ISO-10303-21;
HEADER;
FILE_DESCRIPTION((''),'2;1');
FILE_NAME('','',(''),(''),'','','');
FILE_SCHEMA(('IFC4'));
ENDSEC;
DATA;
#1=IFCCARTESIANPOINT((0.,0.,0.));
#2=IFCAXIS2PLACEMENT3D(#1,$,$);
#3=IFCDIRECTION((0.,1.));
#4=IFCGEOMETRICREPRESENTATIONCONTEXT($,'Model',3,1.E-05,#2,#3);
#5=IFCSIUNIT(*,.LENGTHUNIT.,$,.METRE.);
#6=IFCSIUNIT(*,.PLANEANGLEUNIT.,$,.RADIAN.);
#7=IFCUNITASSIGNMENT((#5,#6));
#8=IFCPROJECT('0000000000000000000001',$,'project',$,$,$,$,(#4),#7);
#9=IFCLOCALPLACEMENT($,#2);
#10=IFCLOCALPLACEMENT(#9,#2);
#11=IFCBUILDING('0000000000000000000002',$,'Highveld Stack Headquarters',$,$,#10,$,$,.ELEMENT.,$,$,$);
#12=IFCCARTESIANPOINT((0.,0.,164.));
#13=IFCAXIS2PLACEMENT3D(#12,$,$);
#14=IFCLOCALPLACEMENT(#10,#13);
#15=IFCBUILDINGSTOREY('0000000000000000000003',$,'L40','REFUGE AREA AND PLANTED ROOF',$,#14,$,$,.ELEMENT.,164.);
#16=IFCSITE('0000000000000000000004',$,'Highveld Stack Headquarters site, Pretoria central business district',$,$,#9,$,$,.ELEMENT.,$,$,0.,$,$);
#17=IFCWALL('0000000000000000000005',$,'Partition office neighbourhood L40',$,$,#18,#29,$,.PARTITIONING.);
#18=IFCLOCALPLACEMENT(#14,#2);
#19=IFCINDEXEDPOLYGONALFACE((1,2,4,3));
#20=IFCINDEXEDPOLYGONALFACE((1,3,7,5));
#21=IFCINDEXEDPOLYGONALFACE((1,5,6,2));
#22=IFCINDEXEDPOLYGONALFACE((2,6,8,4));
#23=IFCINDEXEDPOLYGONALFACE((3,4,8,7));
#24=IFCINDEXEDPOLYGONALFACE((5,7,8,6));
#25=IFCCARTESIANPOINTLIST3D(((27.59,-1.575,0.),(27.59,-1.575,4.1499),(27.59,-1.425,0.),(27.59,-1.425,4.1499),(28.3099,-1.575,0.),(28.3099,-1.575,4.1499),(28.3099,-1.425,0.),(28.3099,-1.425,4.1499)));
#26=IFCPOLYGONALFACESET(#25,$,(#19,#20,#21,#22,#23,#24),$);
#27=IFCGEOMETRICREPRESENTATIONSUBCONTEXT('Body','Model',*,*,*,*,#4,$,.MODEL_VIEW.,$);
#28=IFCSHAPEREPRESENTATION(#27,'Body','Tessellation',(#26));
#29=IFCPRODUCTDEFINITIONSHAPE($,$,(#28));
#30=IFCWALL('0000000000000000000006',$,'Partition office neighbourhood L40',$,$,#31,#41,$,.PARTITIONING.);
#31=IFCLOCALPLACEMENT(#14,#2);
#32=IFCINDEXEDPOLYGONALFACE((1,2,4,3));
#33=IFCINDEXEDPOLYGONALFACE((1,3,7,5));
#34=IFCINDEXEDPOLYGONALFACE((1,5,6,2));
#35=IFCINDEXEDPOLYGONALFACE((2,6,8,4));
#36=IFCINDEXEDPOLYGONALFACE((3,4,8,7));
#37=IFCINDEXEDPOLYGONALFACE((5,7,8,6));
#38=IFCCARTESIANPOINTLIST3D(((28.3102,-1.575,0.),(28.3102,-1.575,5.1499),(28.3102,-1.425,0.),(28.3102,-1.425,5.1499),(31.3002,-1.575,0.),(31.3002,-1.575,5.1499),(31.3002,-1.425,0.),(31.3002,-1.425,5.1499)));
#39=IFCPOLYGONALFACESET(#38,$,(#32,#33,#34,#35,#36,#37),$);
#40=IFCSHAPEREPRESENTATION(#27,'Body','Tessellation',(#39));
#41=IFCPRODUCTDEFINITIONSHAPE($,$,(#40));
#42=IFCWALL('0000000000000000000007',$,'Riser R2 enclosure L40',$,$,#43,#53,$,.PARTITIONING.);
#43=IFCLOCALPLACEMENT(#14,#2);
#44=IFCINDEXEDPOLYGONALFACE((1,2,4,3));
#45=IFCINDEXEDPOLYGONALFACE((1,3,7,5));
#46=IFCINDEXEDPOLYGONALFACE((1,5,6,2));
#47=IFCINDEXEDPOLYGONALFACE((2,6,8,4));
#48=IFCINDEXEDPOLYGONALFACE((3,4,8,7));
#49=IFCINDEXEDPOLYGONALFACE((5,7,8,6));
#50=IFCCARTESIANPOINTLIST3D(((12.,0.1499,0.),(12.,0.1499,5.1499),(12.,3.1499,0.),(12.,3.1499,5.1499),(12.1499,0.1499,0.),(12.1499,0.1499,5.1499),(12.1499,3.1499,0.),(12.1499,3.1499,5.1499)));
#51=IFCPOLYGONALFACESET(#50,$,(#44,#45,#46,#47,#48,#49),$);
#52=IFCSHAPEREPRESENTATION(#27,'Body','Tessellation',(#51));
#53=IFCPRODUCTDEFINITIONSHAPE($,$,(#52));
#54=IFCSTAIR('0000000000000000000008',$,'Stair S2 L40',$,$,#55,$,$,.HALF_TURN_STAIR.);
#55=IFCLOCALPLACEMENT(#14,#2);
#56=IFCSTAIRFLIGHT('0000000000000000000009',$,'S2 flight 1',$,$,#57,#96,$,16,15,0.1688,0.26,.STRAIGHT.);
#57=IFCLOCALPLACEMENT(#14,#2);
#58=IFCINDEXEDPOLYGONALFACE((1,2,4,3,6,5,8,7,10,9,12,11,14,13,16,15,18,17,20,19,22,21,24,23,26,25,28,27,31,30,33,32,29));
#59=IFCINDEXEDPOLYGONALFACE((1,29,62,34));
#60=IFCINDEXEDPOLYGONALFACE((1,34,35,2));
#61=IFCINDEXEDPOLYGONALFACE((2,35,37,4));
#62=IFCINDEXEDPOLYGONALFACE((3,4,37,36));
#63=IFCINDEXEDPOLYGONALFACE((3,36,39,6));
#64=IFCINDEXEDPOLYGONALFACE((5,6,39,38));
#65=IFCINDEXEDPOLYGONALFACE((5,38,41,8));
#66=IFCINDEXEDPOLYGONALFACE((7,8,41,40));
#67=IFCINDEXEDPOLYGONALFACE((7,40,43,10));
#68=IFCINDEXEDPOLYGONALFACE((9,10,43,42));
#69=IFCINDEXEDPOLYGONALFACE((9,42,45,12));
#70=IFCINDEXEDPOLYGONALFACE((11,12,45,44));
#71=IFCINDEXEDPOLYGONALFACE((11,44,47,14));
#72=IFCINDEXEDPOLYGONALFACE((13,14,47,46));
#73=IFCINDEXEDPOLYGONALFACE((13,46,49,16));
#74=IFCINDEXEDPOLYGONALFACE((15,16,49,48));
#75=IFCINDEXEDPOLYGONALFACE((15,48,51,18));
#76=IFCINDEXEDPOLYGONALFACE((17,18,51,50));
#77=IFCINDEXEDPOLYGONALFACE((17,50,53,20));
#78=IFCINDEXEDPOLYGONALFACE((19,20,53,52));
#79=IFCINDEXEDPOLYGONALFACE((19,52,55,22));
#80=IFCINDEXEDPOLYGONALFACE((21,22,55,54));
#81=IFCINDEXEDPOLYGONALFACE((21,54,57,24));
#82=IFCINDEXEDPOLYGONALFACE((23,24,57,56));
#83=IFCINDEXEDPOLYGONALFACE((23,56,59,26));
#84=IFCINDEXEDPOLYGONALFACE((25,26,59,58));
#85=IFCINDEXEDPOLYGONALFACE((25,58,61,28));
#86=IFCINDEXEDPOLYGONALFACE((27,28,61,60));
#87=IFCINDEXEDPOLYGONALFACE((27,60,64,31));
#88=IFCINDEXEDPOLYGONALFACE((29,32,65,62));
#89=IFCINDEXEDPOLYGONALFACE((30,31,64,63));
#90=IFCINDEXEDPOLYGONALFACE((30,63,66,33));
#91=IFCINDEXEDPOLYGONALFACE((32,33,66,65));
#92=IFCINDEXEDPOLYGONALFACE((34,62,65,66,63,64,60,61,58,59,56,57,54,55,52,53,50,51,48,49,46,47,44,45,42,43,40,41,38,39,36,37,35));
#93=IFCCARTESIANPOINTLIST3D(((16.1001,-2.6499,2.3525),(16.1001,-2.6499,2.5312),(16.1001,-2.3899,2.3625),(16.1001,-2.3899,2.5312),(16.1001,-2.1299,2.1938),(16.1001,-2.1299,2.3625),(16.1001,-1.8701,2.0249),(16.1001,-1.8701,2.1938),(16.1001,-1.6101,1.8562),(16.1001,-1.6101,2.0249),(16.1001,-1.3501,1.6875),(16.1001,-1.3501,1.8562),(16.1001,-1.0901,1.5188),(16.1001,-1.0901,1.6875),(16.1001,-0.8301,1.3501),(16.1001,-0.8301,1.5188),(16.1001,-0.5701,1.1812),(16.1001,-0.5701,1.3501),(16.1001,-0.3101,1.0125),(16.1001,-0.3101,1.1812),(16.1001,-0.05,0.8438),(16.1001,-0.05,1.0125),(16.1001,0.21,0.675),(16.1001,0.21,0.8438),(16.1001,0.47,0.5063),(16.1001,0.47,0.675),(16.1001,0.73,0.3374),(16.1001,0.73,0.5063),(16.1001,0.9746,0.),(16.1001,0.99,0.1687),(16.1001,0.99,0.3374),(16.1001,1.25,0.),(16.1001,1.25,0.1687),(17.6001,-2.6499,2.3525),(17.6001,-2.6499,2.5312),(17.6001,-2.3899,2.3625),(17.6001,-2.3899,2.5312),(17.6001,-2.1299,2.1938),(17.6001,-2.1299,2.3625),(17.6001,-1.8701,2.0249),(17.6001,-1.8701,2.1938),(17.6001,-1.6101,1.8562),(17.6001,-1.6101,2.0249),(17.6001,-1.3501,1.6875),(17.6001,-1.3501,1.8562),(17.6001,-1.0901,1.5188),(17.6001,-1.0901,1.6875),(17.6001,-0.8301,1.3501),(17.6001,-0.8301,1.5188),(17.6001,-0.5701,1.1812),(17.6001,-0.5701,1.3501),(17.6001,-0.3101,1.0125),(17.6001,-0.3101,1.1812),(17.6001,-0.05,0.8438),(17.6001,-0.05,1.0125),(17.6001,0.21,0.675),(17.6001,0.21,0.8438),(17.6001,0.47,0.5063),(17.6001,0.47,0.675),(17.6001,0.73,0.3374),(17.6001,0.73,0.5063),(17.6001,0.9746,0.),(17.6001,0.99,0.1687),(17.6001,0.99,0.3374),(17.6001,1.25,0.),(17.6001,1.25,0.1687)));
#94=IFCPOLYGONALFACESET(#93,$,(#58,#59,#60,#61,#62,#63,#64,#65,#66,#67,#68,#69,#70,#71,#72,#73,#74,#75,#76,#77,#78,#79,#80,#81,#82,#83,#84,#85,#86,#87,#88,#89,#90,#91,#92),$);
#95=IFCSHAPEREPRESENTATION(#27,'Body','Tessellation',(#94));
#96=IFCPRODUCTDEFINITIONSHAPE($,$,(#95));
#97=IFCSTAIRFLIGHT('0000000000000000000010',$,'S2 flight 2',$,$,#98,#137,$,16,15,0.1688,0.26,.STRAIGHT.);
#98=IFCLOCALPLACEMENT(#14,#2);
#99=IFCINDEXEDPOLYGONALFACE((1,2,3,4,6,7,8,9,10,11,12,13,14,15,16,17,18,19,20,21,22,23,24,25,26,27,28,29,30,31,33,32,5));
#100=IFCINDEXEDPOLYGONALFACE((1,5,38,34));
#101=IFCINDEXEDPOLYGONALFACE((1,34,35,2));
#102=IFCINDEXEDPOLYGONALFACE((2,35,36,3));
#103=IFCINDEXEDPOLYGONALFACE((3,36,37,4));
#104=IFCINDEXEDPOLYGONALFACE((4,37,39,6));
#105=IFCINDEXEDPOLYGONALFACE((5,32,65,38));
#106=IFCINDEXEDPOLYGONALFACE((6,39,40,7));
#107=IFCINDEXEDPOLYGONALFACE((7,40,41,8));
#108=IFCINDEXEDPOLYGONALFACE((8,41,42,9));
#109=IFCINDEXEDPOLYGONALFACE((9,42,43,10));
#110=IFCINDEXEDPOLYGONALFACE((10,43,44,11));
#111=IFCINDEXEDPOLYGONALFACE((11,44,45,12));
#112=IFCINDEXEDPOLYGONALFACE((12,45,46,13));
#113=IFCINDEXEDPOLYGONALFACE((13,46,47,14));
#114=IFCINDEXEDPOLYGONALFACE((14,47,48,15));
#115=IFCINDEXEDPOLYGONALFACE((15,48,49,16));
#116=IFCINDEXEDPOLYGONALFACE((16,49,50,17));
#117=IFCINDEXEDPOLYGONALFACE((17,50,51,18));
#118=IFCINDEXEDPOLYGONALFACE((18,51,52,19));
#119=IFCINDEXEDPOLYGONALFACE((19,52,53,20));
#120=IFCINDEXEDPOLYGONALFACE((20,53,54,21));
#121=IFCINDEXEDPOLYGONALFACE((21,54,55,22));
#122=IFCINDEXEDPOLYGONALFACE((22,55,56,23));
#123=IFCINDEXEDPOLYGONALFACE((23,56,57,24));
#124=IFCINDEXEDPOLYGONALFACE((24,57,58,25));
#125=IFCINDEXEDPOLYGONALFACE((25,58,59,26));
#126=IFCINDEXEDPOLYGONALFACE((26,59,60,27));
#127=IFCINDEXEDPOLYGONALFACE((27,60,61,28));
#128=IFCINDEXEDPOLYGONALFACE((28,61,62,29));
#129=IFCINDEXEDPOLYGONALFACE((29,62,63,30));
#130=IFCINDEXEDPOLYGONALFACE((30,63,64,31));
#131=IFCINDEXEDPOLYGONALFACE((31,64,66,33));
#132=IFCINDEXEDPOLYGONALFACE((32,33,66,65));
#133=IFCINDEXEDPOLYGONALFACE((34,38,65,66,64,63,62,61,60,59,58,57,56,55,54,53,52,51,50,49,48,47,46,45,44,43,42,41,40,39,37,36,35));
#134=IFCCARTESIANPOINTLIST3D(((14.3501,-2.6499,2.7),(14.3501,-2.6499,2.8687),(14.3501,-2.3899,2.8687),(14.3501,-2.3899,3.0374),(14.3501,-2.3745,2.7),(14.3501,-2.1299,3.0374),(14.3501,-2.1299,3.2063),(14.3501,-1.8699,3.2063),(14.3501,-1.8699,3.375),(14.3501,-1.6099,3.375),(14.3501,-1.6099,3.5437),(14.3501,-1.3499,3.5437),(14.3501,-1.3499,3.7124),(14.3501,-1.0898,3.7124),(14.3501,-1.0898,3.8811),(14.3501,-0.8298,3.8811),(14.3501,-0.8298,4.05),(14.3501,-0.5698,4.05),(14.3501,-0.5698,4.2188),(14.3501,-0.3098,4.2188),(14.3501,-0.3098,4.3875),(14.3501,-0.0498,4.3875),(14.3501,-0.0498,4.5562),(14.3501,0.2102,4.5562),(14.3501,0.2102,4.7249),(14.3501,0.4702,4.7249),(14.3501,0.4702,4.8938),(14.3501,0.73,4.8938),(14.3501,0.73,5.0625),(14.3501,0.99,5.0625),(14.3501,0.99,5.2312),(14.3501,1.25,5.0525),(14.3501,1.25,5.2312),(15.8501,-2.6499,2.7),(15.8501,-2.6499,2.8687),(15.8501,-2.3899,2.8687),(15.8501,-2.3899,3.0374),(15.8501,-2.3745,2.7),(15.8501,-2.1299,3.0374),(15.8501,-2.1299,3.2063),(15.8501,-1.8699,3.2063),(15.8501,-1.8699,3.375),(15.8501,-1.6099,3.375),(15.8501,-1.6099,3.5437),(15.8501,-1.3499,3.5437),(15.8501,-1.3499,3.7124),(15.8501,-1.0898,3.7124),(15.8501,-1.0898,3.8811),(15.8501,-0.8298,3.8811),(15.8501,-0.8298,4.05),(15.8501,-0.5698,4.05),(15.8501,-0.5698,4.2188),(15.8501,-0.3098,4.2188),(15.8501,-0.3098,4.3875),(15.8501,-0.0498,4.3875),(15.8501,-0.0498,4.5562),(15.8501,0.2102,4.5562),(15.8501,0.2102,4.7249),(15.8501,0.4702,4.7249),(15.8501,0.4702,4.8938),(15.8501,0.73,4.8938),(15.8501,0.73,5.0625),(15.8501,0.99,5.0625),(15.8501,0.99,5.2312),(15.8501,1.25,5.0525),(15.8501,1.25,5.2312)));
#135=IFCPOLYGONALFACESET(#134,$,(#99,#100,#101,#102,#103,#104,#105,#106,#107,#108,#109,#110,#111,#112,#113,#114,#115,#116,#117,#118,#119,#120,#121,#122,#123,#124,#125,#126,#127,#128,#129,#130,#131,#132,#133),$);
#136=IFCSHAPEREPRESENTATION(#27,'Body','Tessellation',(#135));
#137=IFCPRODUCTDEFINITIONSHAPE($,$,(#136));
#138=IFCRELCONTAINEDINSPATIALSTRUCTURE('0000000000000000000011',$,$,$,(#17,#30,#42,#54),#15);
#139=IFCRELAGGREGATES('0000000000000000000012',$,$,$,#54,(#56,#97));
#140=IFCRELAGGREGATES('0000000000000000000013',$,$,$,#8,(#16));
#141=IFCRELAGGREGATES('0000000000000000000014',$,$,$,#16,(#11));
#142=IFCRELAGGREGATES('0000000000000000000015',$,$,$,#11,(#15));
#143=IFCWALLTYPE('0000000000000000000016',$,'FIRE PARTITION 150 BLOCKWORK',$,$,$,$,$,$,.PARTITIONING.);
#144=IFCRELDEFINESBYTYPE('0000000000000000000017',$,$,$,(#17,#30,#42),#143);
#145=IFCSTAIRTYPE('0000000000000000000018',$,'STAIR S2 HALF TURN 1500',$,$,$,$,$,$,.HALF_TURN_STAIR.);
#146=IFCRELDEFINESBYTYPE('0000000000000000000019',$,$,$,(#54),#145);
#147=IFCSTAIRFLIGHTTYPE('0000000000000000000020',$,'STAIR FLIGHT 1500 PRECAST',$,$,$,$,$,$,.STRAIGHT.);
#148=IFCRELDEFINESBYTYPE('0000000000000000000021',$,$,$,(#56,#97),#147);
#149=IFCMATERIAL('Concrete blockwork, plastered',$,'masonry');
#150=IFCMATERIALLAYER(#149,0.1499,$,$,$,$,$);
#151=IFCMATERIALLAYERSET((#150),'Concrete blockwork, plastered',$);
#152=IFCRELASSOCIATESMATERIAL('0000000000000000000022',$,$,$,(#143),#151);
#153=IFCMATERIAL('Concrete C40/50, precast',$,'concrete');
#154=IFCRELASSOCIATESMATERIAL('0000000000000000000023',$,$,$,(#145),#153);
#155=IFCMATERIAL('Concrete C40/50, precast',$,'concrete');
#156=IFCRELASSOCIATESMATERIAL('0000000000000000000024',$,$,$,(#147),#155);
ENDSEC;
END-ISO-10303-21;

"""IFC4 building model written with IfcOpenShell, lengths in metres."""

from ifc_helpers import new_model, si_unit, direction, frame, frame_2d, origin, place, context, subcontext, project, spatial, polyline, rectangle, outline, extrude, material, layer, layer_set, type_object, element, aggregate, save


model = new_model("IFC4")

# Units and contexts
model_context = context("Model", 3, precision=1e-05, world=origin(), true_north=direction((0.0, 1.0)))
body_context = subcontext(model_context, "Body", "Model", "MODEL_VIEW")
ifc_project = project(units=[si_unit("LENGTHUNIT", "METRE"), si_unit("PLANEANGLEUNIT", "RADIAN")], contexts=[model_context])

# Site, building, storey
site_placement = place(None, origin())
site = spatial("IfcSite", under=ifc_project, at=site_placement, Name="Highveld Stack Headquarters site, Pretoria central business district", CompositionType="ELEMENT", RefElevation=0.0)
building_placement = place(site_placement, origin())
building = spatial("IfcBuilding", under=site, at=building_placement, Name="Highveld Stack Headquarters", CompositionType="ELEMENT")
storey_placement = place(building_placement, frame((0.0, 0.0, 164.0)))
storey = spatial("IfcBuildingStorey", under=building, at=storey_placement, Name="L40", Description="REFUGE AREA AND PLANTED ROOF", CompositionType="ELEMENT", Elevation=164.0)

# Shared definitions
ifc_material_1 = material(Name="Concrete blockwork, plastered", Category="masonry")
ifc_layer_1 = layer(ifc_material_1, 0.1499)
ifc_layer_set_1 = layer_set([ifc_layer_1], Name="Concrete blockwork, plastered")
wall_type_1 = type_object("IfcWallType", Name="FIRE PARTITION 150 BLOCKWORK", PredefinedType="PARTITIONING", material=ifc_layer_set_1)

# Walls
wall_1_placement = place(storey_placement, frame((27.5901, -1.5, 0.0), z_axis=(0.0, 0.0, 1.0), x_axis=(1.0, 0.0, 0.0)))
element("IfcWall", 1, at=wall_1_placement, inside=storey, type_object=wall_type_1, Name="Partition office neighbourhood L40", PredefinedType="PARTITIONING", context=body_context, shape_type="SweptSolid", body=[
    extrude(rectangle(XDim=0.72, YDim=0.1499, at=frame_2d((0.3599, 0.0))), origin(), (0.0, 0.0, 1.0), 4.1499),
])
wall_2_placement = place(storey_placement, frame((28.3101, -1.5, 0.0), z_axis=(0.0, 0.0, 1.0), x_axis=(1.0, 0.0, 0.0)))
element("IfcWall", 2, at=wall_2_placement, inside=storey, type_object=wall_type_1, Name="Partition office neighbourhood L40", PredefinedType="PARTITIONING", context=body_context, shape_type="SweptSolid", body=[
    extrude(rectangle(XDim=2.99, YDim=0.1499, at=frame_2d((1.4951, 0.0))), origin(), (0.0, 0.0, 1.0), 5.1499),
])
wall_3_placement = place(storey_placement, frame((12.075, 0.1499, 0.0), z_axis=(0.0, 0.0, 1.0), x_axis=(0.0, 1.0, 0.0)))
element("IfcWall", 3, at=wall_3_placement, inside=storey, type_object=wall_type_1, Name="Riser R2 enclosure L40", PredefinedType="PARTITIONING", context=body_context, shape_type="SweptSolid", body=[
    extrude(rectangle(XDim=3.0, YDim=0.1499, at=frame_2d((1.5, 0.0))), origin(), (0.0, 0.0, 1.0), 5.1499),
])

# Stair, stair flights
ifc_material_2 = material(Name="Concrete C40/50, precast", Category="concrete")
stair_type = type_object("IfcStairType", Name="STAIR S2 HALF TURN 1500", PredefinedType="HALF_TURN_STAIR", material=ifc_material_2)
stair_placement = place(storey_placement, origin())
stair = element("IfcStair", 4, at=stair_placement, inside=storey, type_object=stair_type, Name="Stair S2 L40", PredefinedType="HALF_TURN_STAIR")
ifc_material_3 = material(Name="Concrete C40/50, precast", Category="concrete")
stair_flight_type = type_object("IfcStairFlightType", Name="STAIR FLIGHT 1500 PRECAST", PredefinedType="STRAIGHT", material=ifc_material_3)
stair_flight_1_placement = place(storey_placement, frame((16.8501, 1.25, 0.0), z_axis=(0.0, 0.0, 1.0), x_axis=(0.0, -1.0, 0.0)))
stair_flight_1 = element("IfcStairFlight", 5, at=stair_flight_1_placement, type_object=stair_flight_type, Name="S2 flight 1", NumberOfRisers=16, NumberOfTreads=15, PredefinedType="STRAIGHT", RiserHeight=0.1688, TreadLength=0.26, context=body_context, shape_type="SweptSolid", body=[
    extrude(outline(polyline([(0.0, 0.0), (0.0, 0.1687), (0.26, 0.1687), (0.26, 0.3374), (0.52, 0.3374), (0.52, 0.5063), (0.78, 0.5063), (0.78, 0.675), (1.04, 0.675), (1.04, 0.8438), (1.3, 0.8438), (1.3, 1.0125), (1.5601, 1.0125), (1.5601, 1.1812), (1.8201, 1.1812), (1.8201, 1.3501), (2.0801, 1.3501), (2.0801, 1.5188), (2.3401, 1.5188), (2.3401, 1.6875), (2.6001, 1.6875), (2.6001, 1.8562), (2.8601, 1.8562), (2.8601, 2.0249), (3.1201, 2.0249), (3.1201, 2.1938), (3.3799, 2.1938), (3.3799, 2.3625), (3.6399, 2.3625), (3.6399, 2.5312), (3.8999, 2.5312), (3.8999, 2.7), (3.8999, 2.3525), (0.2754, 0.0), (0.0, 0.0)])), frame((0.0, 0.75, 0.0), z_axis=(0.0, -1.0, 0.0), x_axis=(1.0, 0.0, 0.0)), (0.0, 0.0, 1.0), 1.5),
])
stair_flight_2_placement = place(storey_placement, frame((15.1001, -2.6499, 2.7), z_axis=(0.0, 0.0, 1.0), x_axis=(0.0, 1.0, 0.0)))
stair_flight_2 = element("IfcStairFlight", 6, at=stair_flight_2_placement, type_object=stair_flight_type, Name="S2 flight 2", NumberOfRisers=16, NumberOfTreads=15, PredefinedType="STRAIGHT", RiserHeight=0.1688, TreadLength=0.26, context=body_context, shape_type="SweptSolid", body=[
    extrude(outline(polyline([(0.0, 0.0), (0.0, 0.1687), (0.26, 0.1687), (0.26, 0.3374), (0.52, 0.3374), (0.52, 0.5063), (0.78, 0.5063), (0.78, 0.675), (1.04, 0.675), (1.04, 0.8438), (1.3, 0.8438), (1.3, 1.0125), (1.5601, 1.0125), (1.5601, 1.1812), (1.8201, 1.1812), (1.8201, 1.3501), (2.0801, 1.3501), (2.0801, 1.5188), (2.3401, 1.5188), (2.3401, 1.6875), (2.6001, 1.6875), (2.6001, 1.8562), (2.8601, 1.8562), (2.8601, 2.0249), (3.1201, 2.0249), (3.1201, 2.1938), (3.3799, 2.1938), (3.3799, 2.3625), (3.6399, 2.3625), (3.6399, 2.5312), (3.8999, 2.5312), (3.8999, 2.7), (3.8999, 2.3525), (0.2754, 0.0), (0.0, 0.0)])), frame((0.0, 0.75, 0.0), z_axis=(0.0, -1.0, 0.0), x_axis=(1.0, 0.0, 0.0)), (0.0, 0.0, 1.0), 1.5),
])
aggregate(stair, [stair_flight_1, stair_flight_2])

save(model, "model.ifc")
